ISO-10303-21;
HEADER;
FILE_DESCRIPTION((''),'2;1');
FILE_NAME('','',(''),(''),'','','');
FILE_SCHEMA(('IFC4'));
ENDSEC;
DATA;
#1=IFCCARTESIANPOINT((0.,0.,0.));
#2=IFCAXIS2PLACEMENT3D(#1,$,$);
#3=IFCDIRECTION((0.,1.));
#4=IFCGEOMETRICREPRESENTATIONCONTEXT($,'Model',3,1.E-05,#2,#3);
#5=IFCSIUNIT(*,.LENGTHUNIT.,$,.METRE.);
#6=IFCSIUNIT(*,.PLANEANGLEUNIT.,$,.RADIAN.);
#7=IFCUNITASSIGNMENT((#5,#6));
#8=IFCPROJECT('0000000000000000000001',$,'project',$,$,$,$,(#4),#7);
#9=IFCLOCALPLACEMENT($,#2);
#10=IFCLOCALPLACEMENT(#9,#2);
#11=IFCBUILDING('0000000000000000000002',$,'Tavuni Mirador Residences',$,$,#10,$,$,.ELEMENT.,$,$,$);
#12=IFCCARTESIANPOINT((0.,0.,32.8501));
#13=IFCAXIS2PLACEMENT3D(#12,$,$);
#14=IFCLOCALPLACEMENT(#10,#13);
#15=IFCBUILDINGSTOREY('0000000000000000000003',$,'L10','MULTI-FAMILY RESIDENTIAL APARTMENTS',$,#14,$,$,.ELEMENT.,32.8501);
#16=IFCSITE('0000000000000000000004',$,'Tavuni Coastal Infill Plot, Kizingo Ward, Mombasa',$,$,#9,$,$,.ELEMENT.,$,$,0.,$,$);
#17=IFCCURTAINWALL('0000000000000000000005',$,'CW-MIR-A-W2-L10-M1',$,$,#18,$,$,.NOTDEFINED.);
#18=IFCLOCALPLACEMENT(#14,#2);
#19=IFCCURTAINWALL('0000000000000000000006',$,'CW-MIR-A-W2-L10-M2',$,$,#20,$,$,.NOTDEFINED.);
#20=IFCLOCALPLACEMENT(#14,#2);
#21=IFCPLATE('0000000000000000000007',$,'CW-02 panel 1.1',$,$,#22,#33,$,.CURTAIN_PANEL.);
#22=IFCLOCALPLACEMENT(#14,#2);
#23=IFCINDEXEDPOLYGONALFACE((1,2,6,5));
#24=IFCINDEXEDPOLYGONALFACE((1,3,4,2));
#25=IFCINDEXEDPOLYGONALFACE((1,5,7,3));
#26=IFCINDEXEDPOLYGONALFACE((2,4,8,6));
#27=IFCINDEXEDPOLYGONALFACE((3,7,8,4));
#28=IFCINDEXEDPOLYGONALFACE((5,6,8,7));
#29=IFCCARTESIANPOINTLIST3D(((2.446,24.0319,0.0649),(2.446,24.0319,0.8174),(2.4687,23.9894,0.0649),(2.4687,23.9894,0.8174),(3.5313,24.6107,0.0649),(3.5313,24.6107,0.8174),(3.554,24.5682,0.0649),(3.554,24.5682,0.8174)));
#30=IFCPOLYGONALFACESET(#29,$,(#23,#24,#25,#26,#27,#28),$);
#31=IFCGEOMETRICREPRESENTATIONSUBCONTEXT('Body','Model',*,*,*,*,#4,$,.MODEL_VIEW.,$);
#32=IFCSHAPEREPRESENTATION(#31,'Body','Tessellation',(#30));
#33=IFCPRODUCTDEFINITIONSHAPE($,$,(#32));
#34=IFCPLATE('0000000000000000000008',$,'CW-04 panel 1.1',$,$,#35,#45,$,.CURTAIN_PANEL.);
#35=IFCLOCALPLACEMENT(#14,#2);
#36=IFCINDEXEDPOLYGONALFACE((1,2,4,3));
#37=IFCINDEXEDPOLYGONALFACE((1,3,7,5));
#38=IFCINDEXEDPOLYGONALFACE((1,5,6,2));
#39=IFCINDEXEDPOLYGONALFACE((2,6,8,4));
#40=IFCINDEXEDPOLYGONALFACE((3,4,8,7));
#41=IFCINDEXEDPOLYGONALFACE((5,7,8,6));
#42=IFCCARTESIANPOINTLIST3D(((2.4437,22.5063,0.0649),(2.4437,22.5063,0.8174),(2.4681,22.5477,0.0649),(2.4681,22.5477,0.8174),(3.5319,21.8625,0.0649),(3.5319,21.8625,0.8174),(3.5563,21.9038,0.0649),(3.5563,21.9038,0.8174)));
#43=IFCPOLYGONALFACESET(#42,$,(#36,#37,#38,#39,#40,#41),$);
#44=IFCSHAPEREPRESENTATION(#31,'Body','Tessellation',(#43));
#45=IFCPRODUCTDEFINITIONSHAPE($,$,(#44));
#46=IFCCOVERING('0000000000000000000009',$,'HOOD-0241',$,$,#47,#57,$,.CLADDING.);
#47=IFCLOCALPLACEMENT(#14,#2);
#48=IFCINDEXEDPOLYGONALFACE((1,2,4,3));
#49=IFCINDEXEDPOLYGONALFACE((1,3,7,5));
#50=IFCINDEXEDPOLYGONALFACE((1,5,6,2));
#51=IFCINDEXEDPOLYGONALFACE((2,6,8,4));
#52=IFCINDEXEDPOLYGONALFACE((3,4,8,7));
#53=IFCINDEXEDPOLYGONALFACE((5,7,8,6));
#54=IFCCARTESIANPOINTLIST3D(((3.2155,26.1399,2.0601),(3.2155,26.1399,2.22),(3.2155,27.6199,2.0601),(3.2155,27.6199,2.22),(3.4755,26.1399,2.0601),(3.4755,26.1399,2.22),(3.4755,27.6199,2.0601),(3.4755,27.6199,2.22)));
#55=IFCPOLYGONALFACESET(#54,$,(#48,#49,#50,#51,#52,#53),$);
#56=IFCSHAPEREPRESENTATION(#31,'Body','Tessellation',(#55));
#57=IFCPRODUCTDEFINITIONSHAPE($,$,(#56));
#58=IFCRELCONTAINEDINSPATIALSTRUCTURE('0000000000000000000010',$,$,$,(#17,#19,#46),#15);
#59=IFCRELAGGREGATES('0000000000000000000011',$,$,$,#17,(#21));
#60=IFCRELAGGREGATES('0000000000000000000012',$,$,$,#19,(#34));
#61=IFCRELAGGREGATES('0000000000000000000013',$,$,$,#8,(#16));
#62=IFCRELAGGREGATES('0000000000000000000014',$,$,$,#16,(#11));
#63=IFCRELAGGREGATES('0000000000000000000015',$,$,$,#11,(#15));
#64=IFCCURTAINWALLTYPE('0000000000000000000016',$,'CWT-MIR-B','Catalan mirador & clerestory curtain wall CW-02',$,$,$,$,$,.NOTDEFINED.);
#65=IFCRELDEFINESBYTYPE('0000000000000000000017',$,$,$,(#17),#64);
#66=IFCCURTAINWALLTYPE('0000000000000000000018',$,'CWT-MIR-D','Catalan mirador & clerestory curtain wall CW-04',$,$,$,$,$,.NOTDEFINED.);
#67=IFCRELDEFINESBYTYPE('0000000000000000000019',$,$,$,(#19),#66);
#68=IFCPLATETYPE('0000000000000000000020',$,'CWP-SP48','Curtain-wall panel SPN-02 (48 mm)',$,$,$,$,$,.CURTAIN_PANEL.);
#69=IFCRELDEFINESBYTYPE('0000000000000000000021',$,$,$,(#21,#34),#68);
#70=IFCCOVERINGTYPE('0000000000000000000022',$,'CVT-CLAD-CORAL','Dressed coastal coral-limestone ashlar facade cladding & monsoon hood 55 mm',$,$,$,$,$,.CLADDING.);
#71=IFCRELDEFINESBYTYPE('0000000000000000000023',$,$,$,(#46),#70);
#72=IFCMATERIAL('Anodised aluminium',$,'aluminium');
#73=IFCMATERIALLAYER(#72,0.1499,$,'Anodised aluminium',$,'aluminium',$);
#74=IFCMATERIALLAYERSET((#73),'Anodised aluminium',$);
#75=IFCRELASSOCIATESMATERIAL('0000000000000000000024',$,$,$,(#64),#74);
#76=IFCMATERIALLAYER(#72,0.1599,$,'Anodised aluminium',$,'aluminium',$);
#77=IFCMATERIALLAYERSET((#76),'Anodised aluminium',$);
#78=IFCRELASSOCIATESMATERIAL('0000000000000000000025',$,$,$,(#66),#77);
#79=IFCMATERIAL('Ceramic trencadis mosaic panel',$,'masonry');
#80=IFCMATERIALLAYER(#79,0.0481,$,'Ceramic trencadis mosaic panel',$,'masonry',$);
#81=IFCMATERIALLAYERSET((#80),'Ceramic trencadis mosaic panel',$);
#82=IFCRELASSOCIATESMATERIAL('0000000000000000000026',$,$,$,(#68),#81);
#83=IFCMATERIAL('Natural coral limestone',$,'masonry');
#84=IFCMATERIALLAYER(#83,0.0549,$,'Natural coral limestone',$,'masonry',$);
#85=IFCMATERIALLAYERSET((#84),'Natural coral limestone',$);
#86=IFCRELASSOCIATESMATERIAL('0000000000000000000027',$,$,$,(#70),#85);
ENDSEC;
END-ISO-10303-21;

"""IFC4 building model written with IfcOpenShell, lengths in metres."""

from ifc_helpers import new_model, si_unit, direction, frame, origin, origin_2d, place, context, subcontext, project, spatial, rectangle, extrude, material, layer, layer_set, type_object, element, aggregate, save


model = new_model("IFC4")

# Units and contexts
model_context = context("Model", 3, precision=1e-05, world=origin(), true_north=direction((0.0, 1.0)))
body_context = subcontext(model_context, "Body", "Model", "MODEL_VIEW")
ifc_project = project(units=[si_unit("LENGTHUNIT", "METRE"), si_unit("PLANEANGLEUNIT", "RADIAN")], contexts=[model_context])

# Site, building, storey
site_placement = place(None, origin())
site = spatial("IfcSite", under=ifc_project, at=site_placement, Name="Tavuni Coastal Infill Plot, Kizingo Ward, Mombasa", CompositionType="ELEMENT", RefElevation=0.0)
building_placement = place(site_placement, origin())
building = spatial("IfcBuilding", under=site, at=building_placement, Name="Tavuni Mirador Residences", CompositionType="ELEMENT")
storey_placement = place(building_placement, frame((0.0, 0.0, 32.8501)))
storey = spatial("IfcBuildingStorey", under=building, at=storey_placement, Name="L10", Description="MULTI-FAMILY RESIDENTIAL APARTMENTS", CompositionType="ELEMENT", Elevation=32.8501)

# Curtain walls
ifc_material_1 = material(Name="Anodised aluminium", Category="aluminium")
ifc_layer_1 = layer(ifc_material_1, 0.1499, Name="Anodised aluminium", Category="aluminium")
ifc_layer_set_1 = layer_set([ifc_layer_1], Name="Anodised aluminium")
curtain_wall_type_1 = type_object("IfcCurtainWallType", Name="CWT-MIR-B", Description="Catalan mirador & clerestory curtain wall CW-02", PredefinedType="NOTDEFINED", material=ifc_layer_set_1)
curtain_wall_1_placement = place(storey_placement, origin())
curtain_wall_1 = element("IfcCurtainWall", 1, at=curtain_wall_1_placement, inside=storey, type_object=curtain_wall_type_1, Name="CW-MIR-A-W2-L10-M1", PredefinedType="NOTDEFINED")
ifc_layer_2 = layer(ifc_material_1, 0.1599, Name="Anodised aluminium", Category="aluminium")
ifc_layer_set_2 = layer_set([ifc_layer_2], Name="Anodised aluminium")
curtain_wall_type_2 = type_object("IfcCurtainWallType", Name="CWT-MIR-D", Description="Catalan mirador & clerestory curtain wall CW-04", PredefinedType="NOTDEFINED", material=ifc_layer_set_2)
curtain_wall_2_placement = place(storey_placement, origin())
curtain_wall_2 = element("IfcCurtainWall", 2, at=curtain_wall_2_placement, inside=storey, type_object=curtain_wall_type_2, Name="CW-MIR-A-W2-L10-M2", PredefinedType="NOTDEFINED")

# Plates
ifc_material_2 = material(Name="Ceramic trencadis mosaic panel", Category="masonry")
ifc_layer_3 = layer(ifc_material_2, 0.0481, Name="Ceramic trencadis mosaic panel", Category="masonry")
ifc_layer_set_3 = layer_set([ifc_layer_3], Name="Ceramic trencadis mosaic panel")
plate_type_1 = type_object("IfcPlateType", Name="CWP-SP48", Description="Curtain-wall panel SPN-02 (48 mm)", PredefinedType="CURTAIN_PANEL", material=ifc_layer_set_3)
plate_1_placement = place(storey_placement, frame((3.0, 24.3, 0.0649), z_axis=(0.0, 0.0, 1.0), x_axis=(-0.882353, -0.470588, 0.0)))
plate_1 = element("IfcPlate", 3, at=plate_1_placement, type_object=plate_type_1, Name="CW-02 panel 1.1", PredefinedType="CURTAIN_PANEL", context=body_context, shape_type="SweptSolid", body=[
    extrude(rectangle(XDim=1.23, YDim=0.0481, at=origin_2d()), origin(), (0.0, 0.0, 1.0), 0.7524),
])
aggregate(curtain_wall_1, [plate_1])
plate_2_placement = place(storey_placement, frame((3.0, 22.2051, 0.0649), z_axis=(0.0, 0.0, 1.0), x_axis=(0.860641, -0.509212, 0.0)))
plate_2 = element("IfcPlate", 4, at=plate_2_placement, type_object=plate_type_1, Name="CW-04 panel 1.1", PredefinedType="CURTAIN_PANEL", context=body_context, shape_type="SweptSolid", body=[
    extrude(rectangle(XDim=1.2644, YDim=0.0481, at=origin_2d()), origin(), (0.0, 0.0, 1.0), 0.7524),
])
aggregate(curtain_wall_2, [plate_2])

# Covering
ifc_material_3 = material(Name="Natural coral limestone", Category="masonry")
ifc_layer_4 = layer(ifc_material_3, 0.0549, Name="Natural coral limestone", Category="masonry")
ifc_layer_set_4 = layer_set([ifc_layer_4], Name="Natural coral limestone")
covering_type = type_object("IfcCoveringType", Name="CVT-CLAD-CORAL", Description="Dressed coastal coral-limestone ashlar facade cladding & monsoon hood 55 mm", PredefinedType="CLADDING", material=ifc_layer_set_4)
covering_placement = place(storey_placement, frame((3.3455, 26.8799, 2.0601), z_axis=(0.0, 0.0, 1.0), x_axis=(0.0, -1.0, 0.0)))
element("IfcCovering", 5, at=covering_placement, inside=storey, type_object=covering_type, Name="HOOD-0241", PredefinedType="CLADDING", context=body_context, shape_type="SweptSolid", body=[
    extrude(rectangle(XDim=1.48, YDim=0.26, at=origin_2d()), origin(), (0.0, 0.0, 1.0), 0.1599),
])

save(model, "model.ifc")
